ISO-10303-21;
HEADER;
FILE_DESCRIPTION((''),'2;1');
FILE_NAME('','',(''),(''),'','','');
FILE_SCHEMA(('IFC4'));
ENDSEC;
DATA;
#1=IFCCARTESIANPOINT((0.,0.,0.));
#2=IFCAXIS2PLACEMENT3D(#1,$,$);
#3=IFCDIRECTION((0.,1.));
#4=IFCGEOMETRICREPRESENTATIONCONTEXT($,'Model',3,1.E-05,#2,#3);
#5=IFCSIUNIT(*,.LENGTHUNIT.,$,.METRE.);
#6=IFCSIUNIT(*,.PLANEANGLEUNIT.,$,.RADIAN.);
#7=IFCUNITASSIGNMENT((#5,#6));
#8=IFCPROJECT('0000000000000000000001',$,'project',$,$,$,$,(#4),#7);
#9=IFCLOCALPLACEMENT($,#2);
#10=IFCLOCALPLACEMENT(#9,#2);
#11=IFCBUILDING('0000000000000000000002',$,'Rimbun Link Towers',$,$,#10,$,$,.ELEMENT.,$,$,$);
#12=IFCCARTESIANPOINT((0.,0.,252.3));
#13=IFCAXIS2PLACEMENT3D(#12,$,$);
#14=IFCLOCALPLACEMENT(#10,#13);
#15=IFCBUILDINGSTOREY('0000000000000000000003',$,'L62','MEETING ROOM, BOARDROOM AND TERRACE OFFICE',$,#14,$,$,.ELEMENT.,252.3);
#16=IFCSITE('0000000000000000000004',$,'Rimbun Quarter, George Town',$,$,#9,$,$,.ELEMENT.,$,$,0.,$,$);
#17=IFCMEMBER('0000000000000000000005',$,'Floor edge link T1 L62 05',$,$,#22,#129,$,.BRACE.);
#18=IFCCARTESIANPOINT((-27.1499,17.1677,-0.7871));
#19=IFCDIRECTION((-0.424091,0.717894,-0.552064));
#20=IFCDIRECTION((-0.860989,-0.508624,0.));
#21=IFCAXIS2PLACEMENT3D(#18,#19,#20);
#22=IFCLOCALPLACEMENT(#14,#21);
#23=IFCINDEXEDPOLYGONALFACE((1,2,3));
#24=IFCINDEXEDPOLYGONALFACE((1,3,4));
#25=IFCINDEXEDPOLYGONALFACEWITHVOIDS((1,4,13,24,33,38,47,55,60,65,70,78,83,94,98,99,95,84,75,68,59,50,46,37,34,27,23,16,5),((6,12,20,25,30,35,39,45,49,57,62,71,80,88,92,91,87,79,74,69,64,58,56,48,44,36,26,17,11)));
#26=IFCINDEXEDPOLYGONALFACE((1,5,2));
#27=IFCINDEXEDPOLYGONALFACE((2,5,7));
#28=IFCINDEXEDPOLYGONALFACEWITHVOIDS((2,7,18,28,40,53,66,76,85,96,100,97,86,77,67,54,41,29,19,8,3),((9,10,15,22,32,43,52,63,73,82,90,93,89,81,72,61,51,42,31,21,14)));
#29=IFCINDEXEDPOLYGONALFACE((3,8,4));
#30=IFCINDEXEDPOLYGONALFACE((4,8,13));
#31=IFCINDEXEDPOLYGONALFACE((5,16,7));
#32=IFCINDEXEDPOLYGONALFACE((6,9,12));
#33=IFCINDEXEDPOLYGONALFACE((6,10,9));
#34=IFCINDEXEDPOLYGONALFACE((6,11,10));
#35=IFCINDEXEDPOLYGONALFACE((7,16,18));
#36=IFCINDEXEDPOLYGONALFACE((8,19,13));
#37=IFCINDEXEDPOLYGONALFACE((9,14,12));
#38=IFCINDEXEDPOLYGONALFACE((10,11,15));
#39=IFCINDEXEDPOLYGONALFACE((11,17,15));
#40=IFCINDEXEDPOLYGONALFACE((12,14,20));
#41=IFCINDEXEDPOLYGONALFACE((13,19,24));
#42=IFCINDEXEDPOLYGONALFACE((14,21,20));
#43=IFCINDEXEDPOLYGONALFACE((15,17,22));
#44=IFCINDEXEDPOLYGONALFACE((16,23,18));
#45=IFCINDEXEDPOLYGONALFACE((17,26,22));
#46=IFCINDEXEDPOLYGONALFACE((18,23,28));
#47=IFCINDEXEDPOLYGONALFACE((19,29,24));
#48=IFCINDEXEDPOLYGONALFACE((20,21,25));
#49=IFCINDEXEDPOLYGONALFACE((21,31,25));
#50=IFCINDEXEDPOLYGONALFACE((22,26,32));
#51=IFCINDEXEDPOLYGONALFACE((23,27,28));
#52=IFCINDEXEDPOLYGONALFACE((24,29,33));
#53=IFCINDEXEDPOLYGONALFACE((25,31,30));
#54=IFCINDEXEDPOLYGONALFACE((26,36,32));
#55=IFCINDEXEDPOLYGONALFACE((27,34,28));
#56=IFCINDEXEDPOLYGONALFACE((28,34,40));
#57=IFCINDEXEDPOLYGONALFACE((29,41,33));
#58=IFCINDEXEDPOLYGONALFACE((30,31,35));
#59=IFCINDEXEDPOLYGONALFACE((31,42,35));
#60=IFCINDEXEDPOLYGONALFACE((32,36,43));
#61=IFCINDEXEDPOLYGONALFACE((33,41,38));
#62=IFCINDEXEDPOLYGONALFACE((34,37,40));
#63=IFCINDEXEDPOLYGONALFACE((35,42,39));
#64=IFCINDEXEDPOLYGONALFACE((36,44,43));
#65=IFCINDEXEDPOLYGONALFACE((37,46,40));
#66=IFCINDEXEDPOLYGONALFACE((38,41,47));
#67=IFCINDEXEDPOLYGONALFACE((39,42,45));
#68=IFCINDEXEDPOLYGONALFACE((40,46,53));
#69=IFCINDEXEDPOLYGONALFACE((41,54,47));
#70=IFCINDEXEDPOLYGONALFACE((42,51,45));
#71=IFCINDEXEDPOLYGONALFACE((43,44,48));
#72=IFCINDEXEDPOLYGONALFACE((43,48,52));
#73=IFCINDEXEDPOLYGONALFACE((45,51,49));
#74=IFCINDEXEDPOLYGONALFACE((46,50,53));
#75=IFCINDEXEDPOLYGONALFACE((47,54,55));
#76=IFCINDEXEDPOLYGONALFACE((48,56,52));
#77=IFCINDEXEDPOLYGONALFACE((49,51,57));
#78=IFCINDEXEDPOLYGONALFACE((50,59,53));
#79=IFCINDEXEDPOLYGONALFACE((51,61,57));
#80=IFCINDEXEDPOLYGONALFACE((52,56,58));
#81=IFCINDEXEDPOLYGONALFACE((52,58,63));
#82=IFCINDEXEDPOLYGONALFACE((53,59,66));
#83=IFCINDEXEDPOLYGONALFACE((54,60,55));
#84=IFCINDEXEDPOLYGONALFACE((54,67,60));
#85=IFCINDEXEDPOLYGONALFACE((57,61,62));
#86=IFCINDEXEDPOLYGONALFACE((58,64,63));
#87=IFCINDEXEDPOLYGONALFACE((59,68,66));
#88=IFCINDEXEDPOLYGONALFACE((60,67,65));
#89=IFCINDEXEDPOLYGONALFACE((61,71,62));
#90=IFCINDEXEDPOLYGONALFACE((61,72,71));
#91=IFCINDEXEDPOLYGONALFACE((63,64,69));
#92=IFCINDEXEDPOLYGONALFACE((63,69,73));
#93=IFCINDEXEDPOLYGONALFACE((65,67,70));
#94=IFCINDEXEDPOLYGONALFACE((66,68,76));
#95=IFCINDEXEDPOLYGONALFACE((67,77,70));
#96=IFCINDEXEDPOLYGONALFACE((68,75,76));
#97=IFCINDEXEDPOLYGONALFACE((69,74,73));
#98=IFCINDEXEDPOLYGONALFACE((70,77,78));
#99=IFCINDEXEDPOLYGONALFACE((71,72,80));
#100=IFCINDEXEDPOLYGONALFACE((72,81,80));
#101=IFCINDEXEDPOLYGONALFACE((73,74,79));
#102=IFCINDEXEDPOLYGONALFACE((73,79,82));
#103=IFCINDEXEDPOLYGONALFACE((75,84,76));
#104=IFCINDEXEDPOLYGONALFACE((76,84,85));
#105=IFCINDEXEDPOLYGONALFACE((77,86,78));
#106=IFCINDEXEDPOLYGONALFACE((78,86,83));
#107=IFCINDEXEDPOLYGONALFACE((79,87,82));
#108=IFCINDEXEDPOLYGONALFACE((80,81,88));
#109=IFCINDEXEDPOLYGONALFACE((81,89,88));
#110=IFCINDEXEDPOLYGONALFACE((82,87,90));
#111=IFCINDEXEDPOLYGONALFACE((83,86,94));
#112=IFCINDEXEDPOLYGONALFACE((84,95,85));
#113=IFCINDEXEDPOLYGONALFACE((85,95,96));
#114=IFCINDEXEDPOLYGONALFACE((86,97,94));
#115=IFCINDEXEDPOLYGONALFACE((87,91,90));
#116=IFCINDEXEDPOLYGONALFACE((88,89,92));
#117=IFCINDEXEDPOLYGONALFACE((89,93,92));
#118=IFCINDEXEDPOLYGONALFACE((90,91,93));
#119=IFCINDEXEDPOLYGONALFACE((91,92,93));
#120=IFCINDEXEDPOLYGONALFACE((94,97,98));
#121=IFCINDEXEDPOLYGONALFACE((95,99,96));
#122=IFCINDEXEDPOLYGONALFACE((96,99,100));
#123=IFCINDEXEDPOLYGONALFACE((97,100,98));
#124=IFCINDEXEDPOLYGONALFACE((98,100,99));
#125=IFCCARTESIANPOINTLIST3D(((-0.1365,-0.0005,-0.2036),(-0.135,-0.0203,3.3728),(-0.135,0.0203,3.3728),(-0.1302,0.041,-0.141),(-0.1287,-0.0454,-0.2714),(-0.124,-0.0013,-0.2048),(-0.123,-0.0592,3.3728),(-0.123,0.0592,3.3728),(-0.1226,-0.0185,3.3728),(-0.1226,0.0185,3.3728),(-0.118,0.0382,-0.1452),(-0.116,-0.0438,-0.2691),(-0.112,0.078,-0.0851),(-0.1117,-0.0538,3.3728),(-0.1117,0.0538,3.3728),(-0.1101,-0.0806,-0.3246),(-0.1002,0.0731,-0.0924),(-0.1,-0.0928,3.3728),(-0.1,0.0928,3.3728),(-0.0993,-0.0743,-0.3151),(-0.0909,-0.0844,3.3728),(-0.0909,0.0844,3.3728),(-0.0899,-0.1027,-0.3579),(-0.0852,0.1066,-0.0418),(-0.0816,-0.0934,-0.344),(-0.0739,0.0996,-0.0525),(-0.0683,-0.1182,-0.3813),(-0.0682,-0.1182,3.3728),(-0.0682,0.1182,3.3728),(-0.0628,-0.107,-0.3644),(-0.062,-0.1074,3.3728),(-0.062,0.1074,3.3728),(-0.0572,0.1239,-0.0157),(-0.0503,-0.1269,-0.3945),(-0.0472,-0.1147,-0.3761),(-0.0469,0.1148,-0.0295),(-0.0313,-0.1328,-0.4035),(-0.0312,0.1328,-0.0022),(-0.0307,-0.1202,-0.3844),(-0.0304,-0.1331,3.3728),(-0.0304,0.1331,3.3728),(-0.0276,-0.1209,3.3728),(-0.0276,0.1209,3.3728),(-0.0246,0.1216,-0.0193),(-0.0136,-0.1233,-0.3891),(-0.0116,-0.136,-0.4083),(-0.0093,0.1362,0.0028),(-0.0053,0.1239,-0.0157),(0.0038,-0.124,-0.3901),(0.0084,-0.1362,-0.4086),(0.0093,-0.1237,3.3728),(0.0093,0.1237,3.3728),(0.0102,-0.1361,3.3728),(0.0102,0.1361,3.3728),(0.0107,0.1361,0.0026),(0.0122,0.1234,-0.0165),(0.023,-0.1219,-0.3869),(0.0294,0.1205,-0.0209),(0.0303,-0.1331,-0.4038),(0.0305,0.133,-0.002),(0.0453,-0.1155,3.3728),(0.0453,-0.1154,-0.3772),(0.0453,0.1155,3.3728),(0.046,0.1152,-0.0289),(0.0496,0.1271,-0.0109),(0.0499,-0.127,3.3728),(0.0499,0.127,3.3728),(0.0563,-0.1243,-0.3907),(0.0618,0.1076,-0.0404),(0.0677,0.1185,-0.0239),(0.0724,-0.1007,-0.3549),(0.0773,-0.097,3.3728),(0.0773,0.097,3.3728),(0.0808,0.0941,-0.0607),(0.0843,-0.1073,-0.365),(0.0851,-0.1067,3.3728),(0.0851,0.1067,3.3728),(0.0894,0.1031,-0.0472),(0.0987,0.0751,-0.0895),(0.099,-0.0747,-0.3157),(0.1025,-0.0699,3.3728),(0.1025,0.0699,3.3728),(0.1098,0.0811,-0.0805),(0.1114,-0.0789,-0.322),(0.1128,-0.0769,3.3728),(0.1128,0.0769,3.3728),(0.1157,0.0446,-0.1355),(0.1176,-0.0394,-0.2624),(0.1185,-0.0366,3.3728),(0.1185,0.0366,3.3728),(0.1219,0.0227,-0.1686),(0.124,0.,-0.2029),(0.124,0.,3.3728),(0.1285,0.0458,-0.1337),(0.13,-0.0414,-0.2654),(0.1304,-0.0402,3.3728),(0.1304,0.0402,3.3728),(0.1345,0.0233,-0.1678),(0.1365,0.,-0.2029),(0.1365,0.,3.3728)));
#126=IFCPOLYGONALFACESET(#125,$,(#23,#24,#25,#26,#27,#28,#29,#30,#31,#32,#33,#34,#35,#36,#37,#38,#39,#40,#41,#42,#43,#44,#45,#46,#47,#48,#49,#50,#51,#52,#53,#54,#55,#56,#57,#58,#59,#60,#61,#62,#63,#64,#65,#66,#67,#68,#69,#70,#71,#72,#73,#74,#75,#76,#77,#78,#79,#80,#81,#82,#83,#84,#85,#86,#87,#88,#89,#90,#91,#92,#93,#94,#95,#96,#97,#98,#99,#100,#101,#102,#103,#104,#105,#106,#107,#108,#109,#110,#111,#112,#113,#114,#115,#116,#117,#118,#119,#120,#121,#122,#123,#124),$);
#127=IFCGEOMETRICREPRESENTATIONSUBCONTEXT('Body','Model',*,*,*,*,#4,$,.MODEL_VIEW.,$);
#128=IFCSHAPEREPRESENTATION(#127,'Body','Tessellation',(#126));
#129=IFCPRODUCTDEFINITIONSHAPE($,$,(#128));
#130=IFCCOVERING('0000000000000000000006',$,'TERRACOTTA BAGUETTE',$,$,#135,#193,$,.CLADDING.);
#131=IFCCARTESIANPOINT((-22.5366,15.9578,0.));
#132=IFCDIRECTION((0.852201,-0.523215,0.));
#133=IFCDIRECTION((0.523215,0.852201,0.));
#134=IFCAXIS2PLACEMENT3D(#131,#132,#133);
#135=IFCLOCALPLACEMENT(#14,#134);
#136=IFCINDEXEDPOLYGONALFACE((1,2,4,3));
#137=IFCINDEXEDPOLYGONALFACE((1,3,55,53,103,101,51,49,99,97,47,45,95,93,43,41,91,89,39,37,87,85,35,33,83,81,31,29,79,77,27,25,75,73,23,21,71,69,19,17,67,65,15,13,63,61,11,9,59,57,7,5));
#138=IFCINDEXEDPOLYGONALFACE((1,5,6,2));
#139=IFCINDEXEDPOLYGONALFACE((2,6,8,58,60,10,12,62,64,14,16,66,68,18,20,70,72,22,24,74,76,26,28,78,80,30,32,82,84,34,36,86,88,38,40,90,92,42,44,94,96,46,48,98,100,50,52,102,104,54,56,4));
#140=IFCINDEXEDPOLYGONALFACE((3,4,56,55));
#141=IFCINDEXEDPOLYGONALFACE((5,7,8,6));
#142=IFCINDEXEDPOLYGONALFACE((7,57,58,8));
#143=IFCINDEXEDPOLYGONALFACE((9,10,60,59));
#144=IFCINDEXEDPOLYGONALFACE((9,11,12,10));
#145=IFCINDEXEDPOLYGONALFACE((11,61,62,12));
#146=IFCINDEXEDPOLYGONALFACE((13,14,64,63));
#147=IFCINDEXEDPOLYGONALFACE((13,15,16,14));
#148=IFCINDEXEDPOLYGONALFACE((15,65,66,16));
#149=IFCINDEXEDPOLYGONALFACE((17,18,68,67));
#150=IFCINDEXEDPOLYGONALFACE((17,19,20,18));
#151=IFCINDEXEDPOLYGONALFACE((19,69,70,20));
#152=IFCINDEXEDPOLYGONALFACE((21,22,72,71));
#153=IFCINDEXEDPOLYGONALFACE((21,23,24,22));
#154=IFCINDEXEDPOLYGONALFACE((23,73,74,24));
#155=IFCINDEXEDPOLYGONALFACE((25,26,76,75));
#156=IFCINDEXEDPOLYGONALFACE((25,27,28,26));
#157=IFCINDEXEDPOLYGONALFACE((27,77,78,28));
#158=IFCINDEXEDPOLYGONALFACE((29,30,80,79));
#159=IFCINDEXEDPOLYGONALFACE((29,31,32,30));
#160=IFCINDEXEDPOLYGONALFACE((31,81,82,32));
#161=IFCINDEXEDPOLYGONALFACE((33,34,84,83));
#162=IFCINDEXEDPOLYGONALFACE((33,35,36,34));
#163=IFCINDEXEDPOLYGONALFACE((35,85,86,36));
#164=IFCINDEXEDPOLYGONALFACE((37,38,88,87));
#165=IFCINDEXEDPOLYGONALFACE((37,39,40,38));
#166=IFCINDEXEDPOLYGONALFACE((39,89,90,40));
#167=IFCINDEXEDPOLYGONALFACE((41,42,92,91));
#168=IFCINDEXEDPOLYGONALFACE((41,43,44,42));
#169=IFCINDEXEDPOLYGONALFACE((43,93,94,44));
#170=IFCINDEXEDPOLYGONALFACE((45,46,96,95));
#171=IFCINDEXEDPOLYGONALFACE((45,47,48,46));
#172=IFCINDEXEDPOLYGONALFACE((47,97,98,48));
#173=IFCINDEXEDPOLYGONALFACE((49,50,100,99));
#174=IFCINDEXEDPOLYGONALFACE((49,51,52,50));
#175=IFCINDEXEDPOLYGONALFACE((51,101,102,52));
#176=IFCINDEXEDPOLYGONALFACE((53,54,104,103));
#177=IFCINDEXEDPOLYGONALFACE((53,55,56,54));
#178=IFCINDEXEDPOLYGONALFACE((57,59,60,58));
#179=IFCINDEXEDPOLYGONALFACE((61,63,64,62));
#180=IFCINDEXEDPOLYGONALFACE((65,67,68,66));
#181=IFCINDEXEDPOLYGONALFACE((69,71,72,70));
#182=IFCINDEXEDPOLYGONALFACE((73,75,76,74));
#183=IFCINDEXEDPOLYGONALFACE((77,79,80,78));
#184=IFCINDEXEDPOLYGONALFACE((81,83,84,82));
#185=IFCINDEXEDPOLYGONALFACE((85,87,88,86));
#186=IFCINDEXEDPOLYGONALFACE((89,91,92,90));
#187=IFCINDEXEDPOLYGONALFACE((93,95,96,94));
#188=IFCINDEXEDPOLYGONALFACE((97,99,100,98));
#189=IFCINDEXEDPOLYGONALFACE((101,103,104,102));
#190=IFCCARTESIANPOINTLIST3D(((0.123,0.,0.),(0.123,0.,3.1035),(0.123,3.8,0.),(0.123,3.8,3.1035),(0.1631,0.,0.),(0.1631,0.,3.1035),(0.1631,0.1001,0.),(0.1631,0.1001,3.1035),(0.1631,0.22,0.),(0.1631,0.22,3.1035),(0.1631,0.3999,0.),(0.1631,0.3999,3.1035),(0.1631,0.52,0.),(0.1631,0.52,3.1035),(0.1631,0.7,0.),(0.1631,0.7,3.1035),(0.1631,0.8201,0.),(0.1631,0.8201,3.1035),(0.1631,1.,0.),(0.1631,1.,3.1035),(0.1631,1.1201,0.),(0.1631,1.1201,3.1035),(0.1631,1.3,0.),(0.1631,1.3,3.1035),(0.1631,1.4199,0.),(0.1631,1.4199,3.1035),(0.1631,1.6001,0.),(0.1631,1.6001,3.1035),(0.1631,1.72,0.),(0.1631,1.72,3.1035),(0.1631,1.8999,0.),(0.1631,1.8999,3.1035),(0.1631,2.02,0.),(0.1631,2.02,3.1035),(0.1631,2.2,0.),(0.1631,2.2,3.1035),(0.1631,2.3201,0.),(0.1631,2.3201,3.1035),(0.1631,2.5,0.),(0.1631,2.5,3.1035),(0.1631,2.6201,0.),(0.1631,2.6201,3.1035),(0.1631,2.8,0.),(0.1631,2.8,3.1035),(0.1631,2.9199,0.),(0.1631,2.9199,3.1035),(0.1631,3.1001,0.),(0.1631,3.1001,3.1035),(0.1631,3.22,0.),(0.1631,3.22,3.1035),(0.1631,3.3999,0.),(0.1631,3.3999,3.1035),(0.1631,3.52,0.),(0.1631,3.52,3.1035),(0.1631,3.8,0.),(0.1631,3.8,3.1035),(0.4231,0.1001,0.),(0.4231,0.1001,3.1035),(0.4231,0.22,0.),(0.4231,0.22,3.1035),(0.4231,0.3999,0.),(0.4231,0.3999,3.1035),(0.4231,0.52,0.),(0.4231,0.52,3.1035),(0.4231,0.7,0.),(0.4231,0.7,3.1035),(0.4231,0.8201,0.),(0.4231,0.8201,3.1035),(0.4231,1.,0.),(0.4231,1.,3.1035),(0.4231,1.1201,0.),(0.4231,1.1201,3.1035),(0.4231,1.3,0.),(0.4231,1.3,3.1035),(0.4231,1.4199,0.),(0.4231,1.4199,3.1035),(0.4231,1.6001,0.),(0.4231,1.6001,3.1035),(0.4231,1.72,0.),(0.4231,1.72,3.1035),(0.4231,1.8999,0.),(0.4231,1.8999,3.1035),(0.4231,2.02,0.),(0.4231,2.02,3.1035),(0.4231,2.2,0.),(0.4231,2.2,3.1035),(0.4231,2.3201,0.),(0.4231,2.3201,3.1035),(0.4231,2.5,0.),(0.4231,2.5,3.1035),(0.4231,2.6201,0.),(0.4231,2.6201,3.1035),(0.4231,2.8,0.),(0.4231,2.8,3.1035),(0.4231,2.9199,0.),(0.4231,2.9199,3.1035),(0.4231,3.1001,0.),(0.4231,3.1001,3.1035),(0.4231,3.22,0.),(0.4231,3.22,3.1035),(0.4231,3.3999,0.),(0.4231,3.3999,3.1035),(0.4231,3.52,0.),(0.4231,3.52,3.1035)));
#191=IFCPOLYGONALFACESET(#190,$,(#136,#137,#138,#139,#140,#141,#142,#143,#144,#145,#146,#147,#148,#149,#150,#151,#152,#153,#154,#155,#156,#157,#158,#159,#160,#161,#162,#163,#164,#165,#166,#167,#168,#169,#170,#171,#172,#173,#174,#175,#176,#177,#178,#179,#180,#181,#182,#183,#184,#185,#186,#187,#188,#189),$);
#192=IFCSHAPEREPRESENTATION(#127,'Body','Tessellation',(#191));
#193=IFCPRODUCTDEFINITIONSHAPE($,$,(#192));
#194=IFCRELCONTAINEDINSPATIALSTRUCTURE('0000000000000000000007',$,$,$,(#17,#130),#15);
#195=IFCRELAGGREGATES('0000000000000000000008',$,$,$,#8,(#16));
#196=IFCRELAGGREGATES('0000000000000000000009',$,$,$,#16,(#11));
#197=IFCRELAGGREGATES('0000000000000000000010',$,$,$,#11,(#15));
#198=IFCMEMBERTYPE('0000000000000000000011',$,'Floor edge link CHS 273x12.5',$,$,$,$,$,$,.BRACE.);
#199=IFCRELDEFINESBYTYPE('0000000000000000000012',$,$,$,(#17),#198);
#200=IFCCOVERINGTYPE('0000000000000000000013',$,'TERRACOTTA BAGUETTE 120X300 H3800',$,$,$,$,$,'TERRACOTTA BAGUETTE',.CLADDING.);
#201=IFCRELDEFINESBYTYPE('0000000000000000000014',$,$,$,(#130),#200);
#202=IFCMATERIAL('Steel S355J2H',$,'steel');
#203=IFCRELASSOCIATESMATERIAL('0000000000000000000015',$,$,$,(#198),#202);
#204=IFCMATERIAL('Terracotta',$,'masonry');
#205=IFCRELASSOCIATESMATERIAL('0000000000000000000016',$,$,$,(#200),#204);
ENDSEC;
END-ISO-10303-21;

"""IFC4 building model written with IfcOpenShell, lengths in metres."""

from ifc_helpers import new_model, si_unit, direction, frame, origin, origin_2d, place, context, subcontext, project, spatial, polyline, hollow_circle, outline, extrude, clip, halfspace, material, material_profile, profile_set, type_object, element, save


model = new_model("IFC4")

# Units and contexts
model_context = context("Model", 3, precision=1e-05, world=origin(), true_north=direction((0.0, 1.0)))
body_context = subcontext(model_context, "Body", "Model", "MODEL_VIEW")
ifc_project = project(units=[si_unit("LENGTHUNIT", "METRE"), si_unit("PLANEANGLEUNIT", "RADIAN")], contexts=[model_context])

# Site, building, storey
site_placement = place(None, origin())
site = spatial("IfcSite", under=ifc_project, at=site_placement, Name="Rimbun Quarter, George Town", CompositionType="ELEMENT", RefElevation=0.0)
building_placement = place(site_placement, origin())
building = spatial("IfcBuilding", under=site, at=building_placement, Name="Rimbun Link Towers", CompositionType="ELEMENT")
storey_placement = place(building_placement, frame((0.0, 0.0, 252.3)))
storey = spatial("IfcBuildingStorey", under=building, at=storey_placement, Name="L62", Description="MEETING ROOM, BOARDROOM AND TERRACE OFFICE", CompositionType="ELEMENT", Elevation=252.3)

# Member
ifc_material_1 = material(Name="Steel S355J2H", Category="steel")
ifc_material_profile_1 = material_profile(ifc_material_1, hollow_circle(Radius=0.1365, WallThickness=0.0125, at=origin_2d()), Name="CHS 273x12.5")
ifc_profile_set_1 = profile_set([ifc_material_profile_1], Name="Steel S355J2H")
member_type_1 = type_object("IfcMemberType", Name="Floor edge link CHS 273x12.5", PredefinedType="BRACE", material=ifc_profile_set_1)
member_1_placement = place(storey_placement, frame((-27.1499, 17.1677, -0.7871), z_axis=(-0.424091, 0.717894, -0.552064), x_axis=(-0.860989, -0.508624, 0.0)))
element("IfcMember", 1, at=member_1_placement, inside=storey, type_object=member_type_1, Name="Floor edge link T1 L62 05", PredefinedType="BRACE", context=body_context, shape_type="Clipping", body=[
    clip(extrude(hollow_circle(Radius=0.1365, WallThickness=0.0125, at=origin_2d()), frame((0.0, 0.0, -0.4304)), (0.0, 0.0, 1.0), 3.8032), halfspace(frame((0.0, 0.0, -0.2029), z_axis=(0.0, 0.833801, -0.552064)), False)),
])

# Covering
ifc_material_2 = material(Name="Terracotta", Category="masonry")
ifc_material_profile_2 = material_profile(ifc_material_2, outline(polyline([(0.123, 0.0), (0.1631, 0.0), (0.1631, 0.1001), (0.4231, 0.1001), (0.4231, 0.22), (0.1631, 0.22), (0.1631, 0.3999), (0.4231, 0.3999), (0.4231, 0.52), (0.1631, 0.52), (0.1631, 0.7), (0.4231, 0.7), (0.4231, 0.8201), (0.1631, 0.8201), (0.1631, 1.0), (0.4231, 1.0), (0.4231, 1.1201), (0.1631, 1.1201), (0.1631, 1.3), (0.4231, 1.3), (0.4231, 1.4199), (0.1631, 1.4199), (0.1631, 1.6001), (0.4231, 1.6001), (0.4231, 1.72), (0.1631, 1.72), (0.1631, 1.8999), (0.4231, 1.8999), (0.4231, 2.02), (0.1631, 2.02), (0.1631, 2.2), (0.4231, 2.2), (0.4231, 2.3201), (0.1631, 2.3201), (0.1631, 2.5), (0.4231, 2.5), (0.4231, 2.6201), (0.1631, 2.6201), (0.1631, 2.8), (0.4231, 2.8), (0.4231, 2.9199), (0.1631, 2.9199), (0.1631, 3.1001), (0.4231, 3.1001), (0.4231, 3.22), (0.1631, 3.22), (0.1631, 3.3999), (0.4231, 3.3999), (0.4231, 3.52), (0.1631, 3.52), (0.1631, 3.8), (0.123, 3.8), (0.123, 0.0)])), Name="BAGUETTE 120X300")
ifc_profile_set_2 = profile_set([ifc_material_profile_2], Name="Terracotta")
covering_type = type_object("IfcCoveringType", Name="TERRACOTTA BAGUETTE 120X300 H3800", ElementType="TERRACOTTA BAGUETTE", PredefinedType="CLADDING", material=ifc_profile_set_2)
covering_1_placement = place(storey_placement, frame((-22.5366, 15.9578, 0.0), z_axis=(0.852201, -0.523215, 0.0), x_axis=(0.523215, 0.852201, 0.0)))
element("IfcCovering", 2, at=covering_1_placement, inside=storey, type_object=covering_type, Name="TERRACOTTA BAGUETTE", PredefinedType="CLADDING", context=body_context, shape_type="SweptSolid", body=[
    extrude(outline(polyline([(0.123, 0.0), (0.1631, 0.0), (0.1631, 0.1001), (0.4231, 0.1001), (0.4231, 0.22), (0.1631, 0.22), (0.1631, 0.3999), (0.4231, 0.3999), (0.4231, 0.52), (0.1631, 0.52), (0.1631, 0.7), (0.4231, 0.7), (0.4231, 0.8201), (0.1631, 0.8201), (0.1631, 1.0), (0.4231, 1.0), (0.4231, 1.1201), (0.1631, 1.1201), (0.1631, 1.3), (0.4231, 1.3), (0.4231, 1.4199), (0.1631, 1.4199), (0.1631, 1.6001), (0.4231, 1.6001), (0.4231, 1.72), (0.1631, 1.72), (0.1631, 1.8999), (0.4231, 1.8999), (0.4231, 2.02), (0.1631, 2.02), (0.1631, 2.2), (0.4231, 2.2), (0.4231, 2.3201), (0.1631, 2.3201), (0.1631, 2.5), (0.4231, 2.5), (0.4231, 2.6201), (0.1631, 2.6201), (0.1631, 2.8), (0.4231, 2.8), (0.4231, 2.9199), (0.1631, 2.9199), (0.1631, 3.1001), (0.4231, 3.1001), (0.4231, 3.22), (0.1631, 3.22), (0.1631, 3.3999), (0.4231, 3.3999), (0.4231, 3.52), (0.1631, 3.52), (0.1631, 3.8), (0.123, 3.8), (0.123, 0.0)])), origin(), (0.0, 0.0, 1.0), 3.1035),
])

save(model, "model.ifc")
